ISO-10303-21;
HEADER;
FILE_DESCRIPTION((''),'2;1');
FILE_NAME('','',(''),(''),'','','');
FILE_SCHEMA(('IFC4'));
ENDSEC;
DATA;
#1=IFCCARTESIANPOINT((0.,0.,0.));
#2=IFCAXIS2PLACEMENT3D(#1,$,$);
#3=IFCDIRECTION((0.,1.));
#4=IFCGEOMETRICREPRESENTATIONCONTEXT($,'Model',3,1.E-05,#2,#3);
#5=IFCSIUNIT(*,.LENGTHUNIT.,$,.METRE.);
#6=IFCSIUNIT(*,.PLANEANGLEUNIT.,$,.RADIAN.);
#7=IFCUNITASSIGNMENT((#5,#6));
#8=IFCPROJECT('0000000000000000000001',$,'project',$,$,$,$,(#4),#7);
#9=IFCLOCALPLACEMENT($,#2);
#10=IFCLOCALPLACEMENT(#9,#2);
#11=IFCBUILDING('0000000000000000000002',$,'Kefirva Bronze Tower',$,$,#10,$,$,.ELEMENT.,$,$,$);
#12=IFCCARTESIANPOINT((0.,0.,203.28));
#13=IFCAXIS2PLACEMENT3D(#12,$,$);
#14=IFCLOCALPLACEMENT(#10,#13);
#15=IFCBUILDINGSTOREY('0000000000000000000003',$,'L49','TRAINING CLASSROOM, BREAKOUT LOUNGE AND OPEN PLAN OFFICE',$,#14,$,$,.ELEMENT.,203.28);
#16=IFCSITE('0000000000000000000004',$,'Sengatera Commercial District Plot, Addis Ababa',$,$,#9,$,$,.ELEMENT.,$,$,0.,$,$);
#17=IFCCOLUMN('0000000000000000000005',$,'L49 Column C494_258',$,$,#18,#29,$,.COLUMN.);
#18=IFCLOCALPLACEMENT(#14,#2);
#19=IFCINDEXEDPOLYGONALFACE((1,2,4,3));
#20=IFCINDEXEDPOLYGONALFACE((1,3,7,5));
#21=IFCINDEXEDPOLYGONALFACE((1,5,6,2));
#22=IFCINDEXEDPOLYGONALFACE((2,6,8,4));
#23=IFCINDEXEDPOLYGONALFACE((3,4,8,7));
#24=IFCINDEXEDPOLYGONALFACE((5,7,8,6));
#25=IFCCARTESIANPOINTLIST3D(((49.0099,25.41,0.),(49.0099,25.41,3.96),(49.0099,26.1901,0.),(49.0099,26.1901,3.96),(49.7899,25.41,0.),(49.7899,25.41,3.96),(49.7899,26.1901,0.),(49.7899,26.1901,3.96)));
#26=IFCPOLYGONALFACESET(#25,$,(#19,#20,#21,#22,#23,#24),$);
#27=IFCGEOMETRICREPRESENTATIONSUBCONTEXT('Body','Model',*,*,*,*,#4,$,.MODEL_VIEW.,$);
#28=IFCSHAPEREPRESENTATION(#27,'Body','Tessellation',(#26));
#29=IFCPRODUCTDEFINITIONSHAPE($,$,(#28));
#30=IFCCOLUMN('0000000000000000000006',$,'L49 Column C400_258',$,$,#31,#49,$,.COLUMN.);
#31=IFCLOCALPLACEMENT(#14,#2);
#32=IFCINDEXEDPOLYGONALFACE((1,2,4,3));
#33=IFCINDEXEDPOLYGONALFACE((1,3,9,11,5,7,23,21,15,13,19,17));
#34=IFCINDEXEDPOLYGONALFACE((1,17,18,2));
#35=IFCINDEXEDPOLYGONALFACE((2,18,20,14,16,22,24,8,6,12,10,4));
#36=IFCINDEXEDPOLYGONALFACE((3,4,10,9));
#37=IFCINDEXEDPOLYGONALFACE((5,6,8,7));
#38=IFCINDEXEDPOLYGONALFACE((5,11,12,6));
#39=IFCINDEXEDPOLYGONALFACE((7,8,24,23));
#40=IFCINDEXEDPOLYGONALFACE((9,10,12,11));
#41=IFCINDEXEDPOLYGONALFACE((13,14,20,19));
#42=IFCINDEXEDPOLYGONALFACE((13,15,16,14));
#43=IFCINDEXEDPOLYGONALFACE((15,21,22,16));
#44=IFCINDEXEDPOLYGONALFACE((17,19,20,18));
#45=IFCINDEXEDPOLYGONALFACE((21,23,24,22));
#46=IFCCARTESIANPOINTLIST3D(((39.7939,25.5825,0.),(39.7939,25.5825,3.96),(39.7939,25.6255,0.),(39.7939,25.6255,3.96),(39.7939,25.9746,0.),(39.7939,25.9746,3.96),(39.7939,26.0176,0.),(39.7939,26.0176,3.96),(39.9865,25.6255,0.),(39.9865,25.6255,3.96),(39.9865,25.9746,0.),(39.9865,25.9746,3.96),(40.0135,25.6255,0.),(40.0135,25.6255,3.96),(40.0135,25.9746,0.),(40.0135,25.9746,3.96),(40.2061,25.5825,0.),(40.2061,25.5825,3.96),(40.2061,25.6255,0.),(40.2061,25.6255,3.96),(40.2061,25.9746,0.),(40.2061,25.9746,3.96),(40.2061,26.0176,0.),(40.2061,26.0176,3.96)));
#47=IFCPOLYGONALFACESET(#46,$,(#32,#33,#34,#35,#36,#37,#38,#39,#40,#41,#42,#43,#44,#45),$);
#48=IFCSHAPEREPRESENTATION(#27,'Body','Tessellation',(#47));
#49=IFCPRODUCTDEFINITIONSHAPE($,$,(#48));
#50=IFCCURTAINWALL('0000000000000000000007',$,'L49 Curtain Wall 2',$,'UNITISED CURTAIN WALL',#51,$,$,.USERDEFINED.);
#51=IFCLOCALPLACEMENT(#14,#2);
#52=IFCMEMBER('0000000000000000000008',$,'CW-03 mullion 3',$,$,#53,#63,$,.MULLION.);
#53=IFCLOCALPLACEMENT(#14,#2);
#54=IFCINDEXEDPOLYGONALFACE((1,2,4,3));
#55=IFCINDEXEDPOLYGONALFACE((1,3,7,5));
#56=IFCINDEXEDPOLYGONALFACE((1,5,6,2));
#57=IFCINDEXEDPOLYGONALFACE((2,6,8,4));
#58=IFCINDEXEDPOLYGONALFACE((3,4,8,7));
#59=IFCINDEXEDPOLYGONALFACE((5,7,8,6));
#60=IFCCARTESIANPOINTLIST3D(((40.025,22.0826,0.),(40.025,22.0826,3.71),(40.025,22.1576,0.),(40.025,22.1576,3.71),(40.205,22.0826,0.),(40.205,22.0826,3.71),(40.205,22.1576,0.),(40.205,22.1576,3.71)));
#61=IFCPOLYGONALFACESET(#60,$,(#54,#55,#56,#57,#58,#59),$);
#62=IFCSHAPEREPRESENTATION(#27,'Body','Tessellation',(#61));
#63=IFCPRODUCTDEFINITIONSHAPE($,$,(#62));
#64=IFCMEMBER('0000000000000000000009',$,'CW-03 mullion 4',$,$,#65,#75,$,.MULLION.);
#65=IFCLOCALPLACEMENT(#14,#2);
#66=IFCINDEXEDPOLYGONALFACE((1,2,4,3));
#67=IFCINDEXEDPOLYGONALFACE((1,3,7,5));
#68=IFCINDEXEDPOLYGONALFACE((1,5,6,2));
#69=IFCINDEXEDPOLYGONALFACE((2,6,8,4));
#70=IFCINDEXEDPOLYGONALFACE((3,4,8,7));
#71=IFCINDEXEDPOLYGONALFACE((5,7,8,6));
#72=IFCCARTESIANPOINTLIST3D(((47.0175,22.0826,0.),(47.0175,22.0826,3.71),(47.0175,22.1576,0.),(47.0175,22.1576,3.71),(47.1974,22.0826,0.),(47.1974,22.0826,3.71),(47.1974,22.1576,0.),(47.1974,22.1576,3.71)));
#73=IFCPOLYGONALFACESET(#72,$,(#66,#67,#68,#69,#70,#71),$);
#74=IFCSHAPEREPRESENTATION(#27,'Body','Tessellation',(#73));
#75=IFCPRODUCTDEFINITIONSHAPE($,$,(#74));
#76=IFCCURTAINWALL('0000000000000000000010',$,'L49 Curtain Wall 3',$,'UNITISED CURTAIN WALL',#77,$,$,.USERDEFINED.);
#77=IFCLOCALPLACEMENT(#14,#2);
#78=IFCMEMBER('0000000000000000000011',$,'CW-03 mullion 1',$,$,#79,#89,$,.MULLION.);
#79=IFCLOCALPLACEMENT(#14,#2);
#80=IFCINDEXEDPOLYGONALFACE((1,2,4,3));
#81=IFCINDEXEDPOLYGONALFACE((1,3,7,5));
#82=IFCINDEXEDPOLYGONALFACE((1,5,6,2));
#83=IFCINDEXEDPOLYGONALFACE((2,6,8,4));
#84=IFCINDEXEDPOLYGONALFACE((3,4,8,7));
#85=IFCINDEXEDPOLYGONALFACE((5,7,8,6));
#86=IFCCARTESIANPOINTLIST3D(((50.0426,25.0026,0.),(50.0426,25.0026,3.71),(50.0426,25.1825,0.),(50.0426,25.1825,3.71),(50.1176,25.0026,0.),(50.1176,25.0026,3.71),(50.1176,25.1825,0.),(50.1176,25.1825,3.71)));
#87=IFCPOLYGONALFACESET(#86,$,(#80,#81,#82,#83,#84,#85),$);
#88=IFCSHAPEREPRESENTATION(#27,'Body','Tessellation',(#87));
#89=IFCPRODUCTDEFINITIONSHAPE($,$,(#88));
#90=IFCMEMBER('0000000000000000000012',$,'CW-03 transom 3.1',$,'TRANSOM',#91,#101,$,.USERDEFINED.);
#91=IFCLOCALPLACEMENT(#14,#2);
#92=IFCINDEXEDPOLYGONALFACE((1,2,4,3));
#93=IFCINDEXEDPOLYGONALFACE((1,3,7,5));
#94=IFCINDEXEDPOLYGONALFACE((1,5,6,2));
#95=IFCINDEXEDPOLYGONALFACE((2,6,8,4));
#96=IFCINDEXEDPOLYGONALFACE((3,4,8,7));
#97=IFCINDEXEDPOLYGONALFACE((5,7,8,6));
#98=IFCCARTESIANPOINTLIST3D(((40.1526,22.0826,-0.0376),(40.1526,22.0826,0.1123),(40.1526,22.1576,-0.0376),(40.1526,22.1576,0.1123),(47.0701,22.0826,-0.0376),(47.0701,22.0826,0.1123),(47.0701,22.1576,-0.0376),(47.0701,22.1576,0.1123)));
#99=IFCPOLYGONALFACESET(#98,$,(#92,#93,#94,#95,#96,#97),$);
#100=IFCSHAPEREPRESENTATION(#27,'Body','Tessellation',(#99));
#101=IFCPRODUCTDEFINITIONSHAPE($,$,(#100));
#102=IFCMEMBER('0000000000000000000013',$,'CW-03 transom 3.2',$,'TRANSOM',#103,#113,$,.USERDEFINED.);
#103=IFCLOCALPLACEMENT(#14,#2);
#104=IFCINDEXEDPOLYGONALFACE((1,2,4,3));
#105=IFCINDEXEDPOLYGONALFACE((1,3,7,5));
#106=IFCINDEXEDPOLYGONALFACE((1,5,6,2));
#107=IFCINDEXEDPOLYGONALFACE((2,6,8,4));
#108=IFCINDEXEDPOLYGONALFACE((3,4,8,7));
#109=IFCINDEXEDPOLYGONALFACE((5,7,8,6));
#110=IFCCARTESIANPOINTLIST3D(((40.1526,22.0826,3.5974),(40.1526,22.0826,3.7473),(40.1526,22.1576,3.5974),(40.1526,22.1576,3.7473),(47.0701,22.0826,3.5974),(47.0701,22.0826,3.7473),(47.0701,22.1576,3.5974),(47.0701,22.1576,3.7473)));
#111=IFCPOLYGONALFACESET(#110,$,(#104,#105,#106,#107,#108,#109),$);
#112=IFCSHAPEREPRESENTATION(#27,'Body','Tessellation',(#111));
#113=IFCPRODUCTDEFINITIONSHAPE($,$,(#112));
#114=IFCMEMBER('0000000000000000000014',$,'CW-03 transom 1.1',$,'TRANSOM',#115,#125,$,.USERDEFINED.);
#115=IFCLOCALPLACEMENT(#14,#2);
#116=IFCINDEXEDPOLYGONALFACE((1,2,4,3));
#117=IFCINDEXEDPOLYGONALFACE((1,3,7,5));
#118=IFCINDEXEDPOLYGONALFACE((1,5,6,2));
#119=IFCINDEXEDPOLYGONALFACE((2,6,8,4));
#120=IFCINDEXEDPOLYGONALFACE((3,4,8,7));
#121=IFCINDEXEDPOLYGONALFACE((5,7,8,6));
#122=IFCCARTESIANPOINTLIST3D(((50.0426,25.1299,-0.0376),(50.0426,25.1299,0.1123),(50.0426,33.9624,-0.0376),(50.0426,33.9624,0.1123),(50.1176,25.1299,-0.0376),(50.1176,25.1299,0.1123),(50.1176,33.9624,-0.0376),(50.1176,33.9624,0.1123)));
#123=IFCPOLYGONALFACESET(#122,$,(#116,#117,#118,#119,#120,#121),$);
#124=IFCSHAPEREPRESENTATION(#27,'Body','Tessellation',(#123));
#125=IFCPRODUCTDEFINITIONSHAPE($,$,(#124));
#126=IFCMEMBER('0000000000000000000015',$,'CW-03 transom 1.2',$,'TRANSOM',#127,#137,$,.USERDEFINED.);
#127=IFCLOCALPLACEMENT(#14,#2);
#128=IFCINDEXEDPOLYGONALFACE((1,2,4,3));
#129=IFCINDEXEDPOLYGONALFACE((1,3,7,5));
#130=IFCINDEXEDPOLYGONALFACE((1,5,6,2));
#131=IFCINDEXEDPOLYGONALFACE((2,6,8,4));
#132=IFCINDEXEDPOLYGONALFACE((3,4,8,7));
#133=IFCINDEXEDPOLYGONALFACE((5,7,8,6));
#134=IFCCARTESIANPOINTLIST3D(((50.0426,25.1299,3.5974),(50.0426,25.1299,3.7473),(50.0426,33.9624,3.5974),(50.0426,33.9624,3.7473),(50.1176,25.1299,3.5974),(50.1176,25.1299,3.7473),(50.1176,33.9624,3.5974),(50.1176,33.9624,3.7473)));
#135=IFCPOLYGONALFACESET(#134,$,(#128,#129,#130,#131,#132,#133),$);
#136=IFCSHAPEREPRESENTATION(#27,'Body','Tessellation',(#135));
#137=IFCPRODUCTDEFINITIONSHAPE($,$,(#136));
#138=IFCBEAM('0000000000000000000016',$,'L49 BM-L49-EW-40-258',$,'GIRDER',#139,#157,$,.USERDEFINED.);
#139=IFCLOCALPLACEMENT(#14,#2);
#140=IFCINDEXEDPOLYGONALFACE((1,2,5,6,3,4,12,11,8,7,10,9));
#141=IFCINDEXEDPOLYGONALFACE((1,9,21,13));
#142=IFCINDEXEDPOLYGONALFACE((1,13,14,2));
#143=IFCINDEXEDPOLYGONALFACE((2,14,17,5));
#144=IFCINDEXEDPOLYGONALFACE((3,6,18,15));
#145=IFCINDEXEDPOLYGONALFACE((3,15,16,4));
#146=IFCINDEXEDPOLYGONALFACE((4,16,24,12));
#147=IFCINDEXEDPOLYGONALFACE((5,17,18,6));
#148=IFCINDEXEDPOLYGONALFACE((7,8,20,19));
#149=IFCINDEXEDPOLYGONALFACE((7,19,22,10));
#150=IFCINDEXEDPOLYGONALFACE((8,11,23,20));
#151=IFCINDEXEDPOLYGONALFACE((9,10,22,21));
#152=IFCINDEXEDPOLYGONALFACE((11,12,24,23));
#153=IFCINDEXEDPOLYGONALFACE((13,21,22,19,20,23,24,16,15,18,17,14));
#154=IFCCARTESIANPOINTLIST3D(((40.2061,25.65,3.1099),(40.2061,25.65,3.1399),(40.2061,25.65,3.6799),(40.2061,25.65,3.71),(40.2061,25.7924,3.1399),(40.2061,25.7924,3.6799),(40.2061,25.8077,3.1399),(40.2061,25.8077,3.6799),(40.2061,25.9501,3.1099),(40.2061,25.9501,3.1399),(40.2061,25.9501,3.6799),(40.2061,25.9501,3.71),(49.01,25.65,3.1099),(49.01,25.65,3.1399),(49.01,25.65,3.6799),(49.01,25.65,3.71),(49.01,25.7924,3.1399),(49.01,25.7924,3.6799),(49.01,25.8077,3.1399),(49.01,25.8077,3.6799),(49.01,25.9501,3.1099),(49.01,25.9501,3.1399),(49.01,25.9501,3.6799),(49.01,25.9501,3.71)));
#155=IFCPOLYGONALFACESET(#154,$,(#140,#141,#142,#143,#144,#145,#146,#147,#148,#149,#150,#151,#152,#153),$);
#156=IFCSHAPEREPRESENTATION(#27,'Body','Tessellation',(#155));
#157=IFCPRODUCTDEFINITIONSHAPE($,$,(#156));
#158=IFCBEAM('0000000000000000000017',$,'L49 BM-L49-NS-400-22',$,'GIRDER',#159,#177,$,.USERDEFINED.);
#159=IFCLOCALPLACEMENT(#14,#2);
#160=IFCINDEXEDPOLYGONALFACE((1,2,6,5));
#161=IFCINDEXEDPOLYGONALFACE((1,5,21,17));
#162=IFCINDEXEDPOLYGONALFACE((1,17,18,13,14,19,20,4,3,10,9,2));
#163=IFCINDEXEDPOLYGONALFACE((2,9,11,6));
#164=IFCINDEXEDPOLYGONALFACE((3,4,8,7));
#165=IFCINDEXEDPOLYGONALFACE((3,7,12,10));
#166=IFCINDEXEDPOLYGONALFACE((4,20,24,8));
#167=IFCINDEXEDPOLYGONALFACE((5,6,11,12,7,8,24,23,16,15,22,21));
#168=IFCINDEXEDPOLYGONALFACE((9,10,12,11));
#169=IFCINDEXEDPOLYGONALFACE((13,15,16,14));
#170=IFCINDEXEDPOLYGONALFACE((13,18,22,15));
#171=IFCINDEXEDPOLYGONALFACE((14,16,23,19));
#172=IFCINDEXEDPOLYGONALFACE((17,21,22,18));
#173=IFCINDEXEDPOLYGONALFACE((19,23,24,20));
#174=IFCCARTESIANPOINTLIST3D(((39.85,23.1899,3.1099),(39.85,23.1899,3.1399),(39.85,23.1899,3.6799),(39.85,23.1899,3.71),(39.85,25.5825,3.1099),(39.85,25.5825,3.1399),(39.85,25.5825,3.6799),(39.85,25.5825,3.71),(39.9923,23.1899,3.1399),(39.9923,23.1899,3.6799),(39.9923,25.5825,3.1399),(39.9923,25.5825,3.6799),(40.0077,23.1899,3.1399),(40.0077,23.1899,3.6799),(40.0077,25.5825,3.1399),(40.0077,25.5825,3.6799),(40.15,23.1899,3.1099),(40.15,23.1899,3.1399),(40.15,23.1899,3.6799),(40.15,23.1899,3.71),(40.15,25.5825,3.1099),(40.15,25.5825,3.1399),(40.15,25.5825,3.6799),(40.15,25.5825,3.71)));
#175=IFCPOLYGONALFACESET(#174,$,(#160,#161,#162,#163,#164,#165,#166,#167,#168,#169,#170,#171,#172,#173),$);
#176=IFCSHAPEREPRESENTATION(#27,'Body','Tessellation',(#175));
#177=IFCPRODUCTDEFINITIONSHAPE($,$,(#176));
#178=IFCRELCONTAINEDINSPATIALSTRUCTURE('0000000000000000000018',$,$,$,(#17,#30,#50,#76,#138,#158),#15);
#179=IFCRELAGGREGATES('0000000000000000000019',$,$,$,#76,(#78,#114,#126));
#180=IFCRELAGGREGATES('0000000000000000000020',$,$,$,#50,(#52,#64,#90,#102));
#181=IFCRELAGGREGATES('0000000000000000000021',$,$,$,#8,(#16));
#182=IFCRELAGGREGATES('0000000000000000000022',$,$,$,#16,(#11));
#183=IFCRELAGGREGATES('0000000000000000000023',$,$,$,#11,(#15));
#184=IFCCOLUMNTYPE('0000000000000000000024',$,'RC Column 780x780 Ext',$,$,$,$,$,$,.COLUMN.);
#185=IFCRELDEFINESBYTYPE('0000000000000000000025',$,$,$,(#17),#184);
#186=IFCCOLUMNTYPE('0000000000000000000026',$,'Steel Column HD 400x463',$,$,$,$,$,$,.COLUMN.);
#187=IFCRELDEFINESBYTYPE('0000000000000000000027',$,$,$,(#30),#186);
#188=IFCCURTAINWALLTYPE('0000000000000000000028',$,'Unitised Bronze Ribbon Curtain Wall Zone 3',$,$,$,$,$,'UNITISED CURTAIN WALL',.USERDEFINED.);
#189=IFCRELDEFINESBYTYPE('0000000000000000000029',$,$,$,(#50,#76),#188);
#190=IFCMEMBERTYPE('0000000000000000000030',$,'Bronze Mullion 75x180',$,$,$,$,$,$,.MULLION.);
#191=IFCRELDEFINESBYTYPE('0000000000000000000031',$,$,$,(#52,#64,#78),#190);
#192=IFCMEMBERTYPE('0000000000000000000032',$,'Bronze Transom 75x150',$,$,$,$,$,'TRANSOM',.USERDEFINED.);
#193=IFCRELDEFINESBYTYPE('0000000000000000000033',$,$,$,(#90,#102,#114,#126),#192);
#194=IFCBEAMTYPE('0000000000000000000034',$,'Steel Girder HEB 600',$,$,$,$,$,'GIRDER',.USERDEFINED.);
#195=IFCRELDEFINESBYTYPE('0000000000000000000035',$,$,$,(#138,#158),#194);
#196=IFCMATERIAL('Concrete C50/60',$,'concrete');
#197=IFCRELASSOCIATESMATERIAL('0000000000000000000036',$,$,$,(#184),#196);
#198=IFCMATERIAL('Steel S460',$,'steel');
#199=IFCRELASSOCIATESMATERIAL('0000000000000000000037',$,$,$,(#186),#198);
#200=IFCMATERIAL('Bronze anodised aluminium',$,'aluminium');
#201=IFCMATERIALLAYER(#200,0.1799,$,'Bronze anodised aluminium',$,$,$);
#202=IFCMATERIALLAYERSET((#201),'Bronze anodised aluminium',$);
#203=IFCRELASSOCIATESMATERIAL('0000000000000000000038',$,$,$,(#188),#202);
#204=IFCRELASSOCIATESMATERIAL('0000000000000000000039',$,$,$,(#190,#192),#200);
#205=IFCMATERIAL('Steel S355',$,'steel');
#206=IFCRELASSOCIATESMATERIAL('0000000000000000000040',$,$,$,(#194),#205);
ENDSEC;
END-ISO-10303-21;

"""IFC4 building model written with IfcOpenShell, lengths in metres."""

from ifc_helpers import new_model, si_unit, direction, frame, origin, origin_2d, place, context, subcontext, project, spatial, rectangle, i_section, extrude, material, layer, layer_set, material_profile, profile_set, type_object, element, aggregate, save


model = new_model("IFC4")

# Units and contexts
model_context = context("Model", 3, precision=1e-05, world=origin(), true_north=direction((0.0, 1.0)))
body_context = subcontext(model_context, "Body", "Model", "MODEL_VIEW")
ifc_project = project(units=[si_unit("LENGTHUNIT", "METRE"), si_unit("PLANEANGLEUNIT", "RADIAN")], contexts=[model_context])

# Site, building, storey
site_placement = place(None, origin())
site = spatial("IfcSite", under=ifc_project, at=site_placement, Name="Sengatera Commercial District Plot, Addis Ababa", CompositionType="ELEMENT", RefElevation=0.0)
building_placement = place(site_placement, origin())
building = spatial("IfcBuilding", under=site, at=building_placement, Name="Kefirva Bronze Tower", CompositionType="ELEMENT")
storey_placement = place(building_placement, frame((0.0, 0.0, 203.28)))
storey = spatial("IfcBuildingStorey", under=building, at=storey_placement, Name="L49", Description="TRAINING CLASSROOM, BREAKOUT LOUNGE AND OPEN PLAN OFFICE", CompositionType="ELEMENT", Elevation=203.28)

# Columns
ifc_material_1 = material(Name="Concrete C50/60", Category="concrete")
ifc_material_profile_1 = material_profile(ifc_material_1, rectangle(XDim=0.78, YDim=0.78, at=origin_2d()), Name="RC 780x780")
ifc_profile_set_1 = profile_set([ifc_material_profile_1], Name="Concrete C50/60")
column_type_1 = type_object("IfcColumnType", Name="RC Column 780x780 Ext", PredefinedType="COLUMN", material=ifc_profile_set_1)
column_1_placement = place(storey_placement, frame((49.3999, 25.8, 0.0), z_axis=(0.0, 0.0, 1.0), x_axis=(1.0, 0.0, 0.0)))
element("IfcColumn", 1, at=column_1_placement, inside=storey, type_object=column_type_1, Name="L49 Column C494_258", PredefinedType="COLUMN", context=body_context, shape_type="SweptSolid", body=[
    extrude(rectangle(XDim=0.78, YDim=0.78, at=origin_2d()), origin(), (0.0, 0.0, 1.0), 3.96),
])
ifc_material_2 = material(Name="Steel S460", Category="steel")
ifc_material_profile_2 = material_profile(ifc_material_2, i_section(OverallWidth=0.4121, OverallDepth=0.4351, WebThickness=0.0271, FlangeThickness=0.043, at=origin_2d()), Name="HD 400x463")
ifc_profile_set_2 = profile_set([ifc_material_profile_2], Name="Steel S460")
column_type_2 = type_object("IfcColumnType", Name="Steel Column HD 400x463", PredefinedType="COLUMN", material=ifc_profile_set_2)
column_2_placement = place(storey_placement, frame((40.0, 25.8, 0.0), z_axis=(0.0, 0.0, 1.0), x_axis=(1.0, 0.0, 0.0)))
element("IfcColumn", 2, at=column_2_placement, inside=storey, type_object=column_type_2, Name="L49 Column C400_258", PredefinedType="COLUMN", context=body_context, shape_type="SweptSolid", body=[
    extrude(i_section(OverallWidth=0.4121, OverallDepth=0.4351, WebThickness=0.0271, FlangeThickness=0.043, at=origin_2d()), origin(), (0.0, 0.0, 1.0), 3.96),
])

# Curtain wall, members
ifc_material_3 = material(Name="Bronze anodised aluminium", Category="aluminium")
ifc_layer_1 = layer(ifc_material_3, 0.1799, Name="Bronze anodised aluminium")
ifc_layer_set_1 = layer_set([ifc_layer_1], Name="Bronze anodised aluminium")
curtain_wall_type = type_object("IfcCurtainWallType", Name="Unitised Bronze Ribbon Curtain Wall Zone 3", ElementType="UNITISED CURTAIN WALL", PredefinedType="USERDEFINED", material=ifc_layer_set_1)
curtain_wall_1_placement = place(storey_placement, origin())
curtain_wall_1 = element("IfcCurtainWall", 3, at=curtain_wall_1_placement, inside=storey, type_object=curtain_wall_type, Name="L49 Curtain Wall 2", ObjectType="UNITISED CURTAIN WALL", PredefinedType="USERDEFINED")
ifc_material_profile_3 = material_profile(ifc_material_3, rectangle(XDim=0.075, YDim=0.1799, at=origin_2d()), Name="ALU 75x180")
ifc_profile_set_3 = profile_set([ifc_material_profile_3], Name="Bronze anodised aluminium")
member_type_1 = type_object("IfcMemberType", Name="Bronze Mullion 75x180", PredefinedType="MULLION", material=ifc_profile_set_3)
member_1_placement = place(storey_placement, frame((40.115, 22.1201, 0.0), z_axis=(0.0, 0.0, 1.0), x_axis=(0.0, 1.0, 0.0)))
member_1 = element("IfcMember", 4, at=member_1_placement, type_object=member_type_1, Name="CW-03 mullion 3", PredefinedType="MULLION", context=body_context, shape_type="SweptSolid", body=[
    extrude(rectangle(XDim=0.075, YDim=0.1799, at=origin_2d()), origin(), (0.0, 0.0, 1.0), 3.71),
])
member_2_placement = place(storey_placement, frame((47.1074, 22.1201, 0.0), z_axis=(0.0, 0.0, 1.0), x_axis=(0.0, 1.0, 0.0)))
member_2 = element("IfcMember", 5, at=member_2_placement, type_object=member_type_1, Name="CW-03 mullion 4", PredefinedType="MULLION", context=body_context, shape_type="SweptSolid", body=[
    extrude(rectangle(XDim=0.075, YDim=0.1799, at=origin_2d()), origin(), (0.0, 0.0, 1.0), 3.71),
])

# Curtain wall, member
curtain_wall_2_placement = place(storey_placement, origin())
curtain_wall_2 = element("IfcCurtainWall", 6, at=curtain_wall_2_placement, inside=storey, type_object=curtain_wall_type, Name="L49 Curtain Wall 3", ObjectType="UNITISED CURTAIN WALL", PredefinedType="USERDEFINED")
member_3_placement = place(storey_placement, frame((50.0801, 25.0925, 0.0), z_axis=(0.0, 0.0, 1.0), x_axis=(-1.0, 0.0, 0.0)))
member_3 = element("IfcMember", 7, at=member_3_placement, type_object=member_type_1, Name="CW-03 mullion 1", PredefinedType="MULLION", context=body_context, shape_type="SweptSolid", body=[
    extrude(rectangle(XDim=0.075, YDim=0.1799, at=origin_2d()), origin(), (0.0, 0.0, 1.0), 3.71),
])

# Members
ifc_material_profile_4 = material_profile(ifc_material_3, rectangle(XDim=0.075, YDim=0.1499, at=origin_2d()), Name="ALU 75x150")
ifc_profile_set_4 = profile_set([ifc_material_profile_4], Name="Bronze anodised aluminium")
member_type_2 = type_object("IfcMemberType", Name="Bronze Transom 75x150", ElementType="TRANSOM", PredefinedType="USERDEFINED", material=ifc_profile_set_4)
member_4_placement = place(storey_placement, frame((40.1526, 22.1201, 0.0374), z_axis=(1.0, 0.0, 0.0), x_axis=(0.0, 1.0, 0.0)))
member_4 = element("IfcMember", 8, at=member_4_placement, type_object=member_type_2, Name="CW-03 transom 3.1", ObjectType="TRANSOM", PredefinedType="USERDEFINED", context=body_context, shape_type="SweptSolid", body=[
    extrude(rectangle(XDim=0.075, YDim=0.1499, at=origin_2d()), origin(), (0.0, 0.0, 1.0), 6.9175),
])
member_5_placement = place(storey_placement, frame((40.1526, 22.1201, 3.6724), z_axis=(1.0, 0.0, 0.0), x_axis=(0.0, 1.0, 0.0)))
member_5 = element("IfcMember", 9, at=member_5_placement, type_object=member_type_2, Name="CW-03 transom 3.2", ObjectType="TRANSOM", PredefinedType="USERDEFINED", context=body_context, shape_type="SweptSolid", body=[
    extrude(rectangle(XDim=0.075, YDim=0.1499, at=origin_2d()), origin(), (0.0, 0.0, 1.0), 6.9175),
])
member_6_placement = place(storey_placement, frame((50.0801, 25.1299, 0.0374), z_axis=(0.0, 1.0, 0.0), x_axis=(-1.0, 0.0, 0.0)))
member_6 = element("IfcMember", 10, at=member_6_placement, type_object=member_type_2, Name="CW-03 transom 1.1", ObjectType="TRANSOM", PredefinedType="USERDEFINED", context=body_context, shape_type="SweptSolid", body=[
    extrude(rectangle(XDim=0.075, YDim=0.1499, at=origin_2d()), origin(), (0.0, 0.0, 1.0), 8.8325),
])
member_7_placement = place(storey_placement, frame((50.0801, 25.1299, 3.6724), z_axis=(0.0, 1.0, 0.0), x_axis=(-1.0, 0.0, 0.0)))
member_7 = element("IfcMember", 11, at=member_7_placement, type_object=member_type_2, Name="CW-03 transom 1.2", ObjectType="TRANSOM", PredefinedType="USERDEFINED", context=body_context, shape_type="SweptSolid", body=[
    extrude(rectangle(XDim=0.075, YDim=0.1499, at=origin_2d()), origin(), (0.0, 0.0, 1.0), 8.8325),
])
aggregate(curtain_wall_2, [member_3, member_6, member_7])

# Beams
ifc_material_4 = material(Name="Steel S355", Category="steel")
ifc_material_profile_5 = material_profile(ifc_material_4, i_section(OverallWidth=0.3, OverallDepth=0.6001, WebThickness=0.0154, FlangeThickness=0.03, at=origin_2d()), Name="HEB 600")
ifc_profile_set_5 = profile_set([ifc_material_profile_5], Name="Steel S355")
beam_type_1 = type_object("IfcBeamType", Name="Steel Girder HEB 600", ElementType="GIRDER", PredefinedType="USERDEFINED", material=ifc_profile_set_5)
beam_1_placement = place(storey_placement, frame((40.2061, 25.8, 3.4099), z_axis=(1.0, 0.0, 0.0), x_axis=(0.0, 1.0, 0.0)))
element("IfcBeam", 12, at=beam_1_placement, inside=storey, type_object=beam_type_1, Name="L49 BM-L49-EW-40-258", ObjectType="GIRDER", PredefinedType="USERDEFINED", context=body_context, shape_type="SweptSolid", body=[
    extrude(i_section(OverallWidth=0.3, OverallDepth=0.6001, WebThickness=0.0154, FlangeThickness=0.03, at=origin_2d()), origin(), (0.0, 0.0, 1.0), 8.804),
])
beam_2_placement = place(storey_placement, frame((40.0, 23.1899, 3.4099), z_axis=(0.0, 1.0, 0.0), x_axis=(-1.0, 0.0, 0.0)))
element("IfcBeam", 13, at=beam_2_placement, inside=storey, type_object=beam_type_1, Name="L49 BM-L49-NS-400-22", ObjectType="GIRDER", PredefinedType="USERDEFINED", context=body_context, shape_type="SweptSolid", body=[
    extrude(i_section(OverallWidth=0.3, OverallDepth=0.6001, WebThickness=0.0154, FlangeThickness=0.03, at=origin_2d()), origin(), (0.0, 0.0, 1.0), 2.3926),
])

aggregate(curtain_wall_1, [member_1, member_2, member_4, member_5])

save(model, "model.ifc")
